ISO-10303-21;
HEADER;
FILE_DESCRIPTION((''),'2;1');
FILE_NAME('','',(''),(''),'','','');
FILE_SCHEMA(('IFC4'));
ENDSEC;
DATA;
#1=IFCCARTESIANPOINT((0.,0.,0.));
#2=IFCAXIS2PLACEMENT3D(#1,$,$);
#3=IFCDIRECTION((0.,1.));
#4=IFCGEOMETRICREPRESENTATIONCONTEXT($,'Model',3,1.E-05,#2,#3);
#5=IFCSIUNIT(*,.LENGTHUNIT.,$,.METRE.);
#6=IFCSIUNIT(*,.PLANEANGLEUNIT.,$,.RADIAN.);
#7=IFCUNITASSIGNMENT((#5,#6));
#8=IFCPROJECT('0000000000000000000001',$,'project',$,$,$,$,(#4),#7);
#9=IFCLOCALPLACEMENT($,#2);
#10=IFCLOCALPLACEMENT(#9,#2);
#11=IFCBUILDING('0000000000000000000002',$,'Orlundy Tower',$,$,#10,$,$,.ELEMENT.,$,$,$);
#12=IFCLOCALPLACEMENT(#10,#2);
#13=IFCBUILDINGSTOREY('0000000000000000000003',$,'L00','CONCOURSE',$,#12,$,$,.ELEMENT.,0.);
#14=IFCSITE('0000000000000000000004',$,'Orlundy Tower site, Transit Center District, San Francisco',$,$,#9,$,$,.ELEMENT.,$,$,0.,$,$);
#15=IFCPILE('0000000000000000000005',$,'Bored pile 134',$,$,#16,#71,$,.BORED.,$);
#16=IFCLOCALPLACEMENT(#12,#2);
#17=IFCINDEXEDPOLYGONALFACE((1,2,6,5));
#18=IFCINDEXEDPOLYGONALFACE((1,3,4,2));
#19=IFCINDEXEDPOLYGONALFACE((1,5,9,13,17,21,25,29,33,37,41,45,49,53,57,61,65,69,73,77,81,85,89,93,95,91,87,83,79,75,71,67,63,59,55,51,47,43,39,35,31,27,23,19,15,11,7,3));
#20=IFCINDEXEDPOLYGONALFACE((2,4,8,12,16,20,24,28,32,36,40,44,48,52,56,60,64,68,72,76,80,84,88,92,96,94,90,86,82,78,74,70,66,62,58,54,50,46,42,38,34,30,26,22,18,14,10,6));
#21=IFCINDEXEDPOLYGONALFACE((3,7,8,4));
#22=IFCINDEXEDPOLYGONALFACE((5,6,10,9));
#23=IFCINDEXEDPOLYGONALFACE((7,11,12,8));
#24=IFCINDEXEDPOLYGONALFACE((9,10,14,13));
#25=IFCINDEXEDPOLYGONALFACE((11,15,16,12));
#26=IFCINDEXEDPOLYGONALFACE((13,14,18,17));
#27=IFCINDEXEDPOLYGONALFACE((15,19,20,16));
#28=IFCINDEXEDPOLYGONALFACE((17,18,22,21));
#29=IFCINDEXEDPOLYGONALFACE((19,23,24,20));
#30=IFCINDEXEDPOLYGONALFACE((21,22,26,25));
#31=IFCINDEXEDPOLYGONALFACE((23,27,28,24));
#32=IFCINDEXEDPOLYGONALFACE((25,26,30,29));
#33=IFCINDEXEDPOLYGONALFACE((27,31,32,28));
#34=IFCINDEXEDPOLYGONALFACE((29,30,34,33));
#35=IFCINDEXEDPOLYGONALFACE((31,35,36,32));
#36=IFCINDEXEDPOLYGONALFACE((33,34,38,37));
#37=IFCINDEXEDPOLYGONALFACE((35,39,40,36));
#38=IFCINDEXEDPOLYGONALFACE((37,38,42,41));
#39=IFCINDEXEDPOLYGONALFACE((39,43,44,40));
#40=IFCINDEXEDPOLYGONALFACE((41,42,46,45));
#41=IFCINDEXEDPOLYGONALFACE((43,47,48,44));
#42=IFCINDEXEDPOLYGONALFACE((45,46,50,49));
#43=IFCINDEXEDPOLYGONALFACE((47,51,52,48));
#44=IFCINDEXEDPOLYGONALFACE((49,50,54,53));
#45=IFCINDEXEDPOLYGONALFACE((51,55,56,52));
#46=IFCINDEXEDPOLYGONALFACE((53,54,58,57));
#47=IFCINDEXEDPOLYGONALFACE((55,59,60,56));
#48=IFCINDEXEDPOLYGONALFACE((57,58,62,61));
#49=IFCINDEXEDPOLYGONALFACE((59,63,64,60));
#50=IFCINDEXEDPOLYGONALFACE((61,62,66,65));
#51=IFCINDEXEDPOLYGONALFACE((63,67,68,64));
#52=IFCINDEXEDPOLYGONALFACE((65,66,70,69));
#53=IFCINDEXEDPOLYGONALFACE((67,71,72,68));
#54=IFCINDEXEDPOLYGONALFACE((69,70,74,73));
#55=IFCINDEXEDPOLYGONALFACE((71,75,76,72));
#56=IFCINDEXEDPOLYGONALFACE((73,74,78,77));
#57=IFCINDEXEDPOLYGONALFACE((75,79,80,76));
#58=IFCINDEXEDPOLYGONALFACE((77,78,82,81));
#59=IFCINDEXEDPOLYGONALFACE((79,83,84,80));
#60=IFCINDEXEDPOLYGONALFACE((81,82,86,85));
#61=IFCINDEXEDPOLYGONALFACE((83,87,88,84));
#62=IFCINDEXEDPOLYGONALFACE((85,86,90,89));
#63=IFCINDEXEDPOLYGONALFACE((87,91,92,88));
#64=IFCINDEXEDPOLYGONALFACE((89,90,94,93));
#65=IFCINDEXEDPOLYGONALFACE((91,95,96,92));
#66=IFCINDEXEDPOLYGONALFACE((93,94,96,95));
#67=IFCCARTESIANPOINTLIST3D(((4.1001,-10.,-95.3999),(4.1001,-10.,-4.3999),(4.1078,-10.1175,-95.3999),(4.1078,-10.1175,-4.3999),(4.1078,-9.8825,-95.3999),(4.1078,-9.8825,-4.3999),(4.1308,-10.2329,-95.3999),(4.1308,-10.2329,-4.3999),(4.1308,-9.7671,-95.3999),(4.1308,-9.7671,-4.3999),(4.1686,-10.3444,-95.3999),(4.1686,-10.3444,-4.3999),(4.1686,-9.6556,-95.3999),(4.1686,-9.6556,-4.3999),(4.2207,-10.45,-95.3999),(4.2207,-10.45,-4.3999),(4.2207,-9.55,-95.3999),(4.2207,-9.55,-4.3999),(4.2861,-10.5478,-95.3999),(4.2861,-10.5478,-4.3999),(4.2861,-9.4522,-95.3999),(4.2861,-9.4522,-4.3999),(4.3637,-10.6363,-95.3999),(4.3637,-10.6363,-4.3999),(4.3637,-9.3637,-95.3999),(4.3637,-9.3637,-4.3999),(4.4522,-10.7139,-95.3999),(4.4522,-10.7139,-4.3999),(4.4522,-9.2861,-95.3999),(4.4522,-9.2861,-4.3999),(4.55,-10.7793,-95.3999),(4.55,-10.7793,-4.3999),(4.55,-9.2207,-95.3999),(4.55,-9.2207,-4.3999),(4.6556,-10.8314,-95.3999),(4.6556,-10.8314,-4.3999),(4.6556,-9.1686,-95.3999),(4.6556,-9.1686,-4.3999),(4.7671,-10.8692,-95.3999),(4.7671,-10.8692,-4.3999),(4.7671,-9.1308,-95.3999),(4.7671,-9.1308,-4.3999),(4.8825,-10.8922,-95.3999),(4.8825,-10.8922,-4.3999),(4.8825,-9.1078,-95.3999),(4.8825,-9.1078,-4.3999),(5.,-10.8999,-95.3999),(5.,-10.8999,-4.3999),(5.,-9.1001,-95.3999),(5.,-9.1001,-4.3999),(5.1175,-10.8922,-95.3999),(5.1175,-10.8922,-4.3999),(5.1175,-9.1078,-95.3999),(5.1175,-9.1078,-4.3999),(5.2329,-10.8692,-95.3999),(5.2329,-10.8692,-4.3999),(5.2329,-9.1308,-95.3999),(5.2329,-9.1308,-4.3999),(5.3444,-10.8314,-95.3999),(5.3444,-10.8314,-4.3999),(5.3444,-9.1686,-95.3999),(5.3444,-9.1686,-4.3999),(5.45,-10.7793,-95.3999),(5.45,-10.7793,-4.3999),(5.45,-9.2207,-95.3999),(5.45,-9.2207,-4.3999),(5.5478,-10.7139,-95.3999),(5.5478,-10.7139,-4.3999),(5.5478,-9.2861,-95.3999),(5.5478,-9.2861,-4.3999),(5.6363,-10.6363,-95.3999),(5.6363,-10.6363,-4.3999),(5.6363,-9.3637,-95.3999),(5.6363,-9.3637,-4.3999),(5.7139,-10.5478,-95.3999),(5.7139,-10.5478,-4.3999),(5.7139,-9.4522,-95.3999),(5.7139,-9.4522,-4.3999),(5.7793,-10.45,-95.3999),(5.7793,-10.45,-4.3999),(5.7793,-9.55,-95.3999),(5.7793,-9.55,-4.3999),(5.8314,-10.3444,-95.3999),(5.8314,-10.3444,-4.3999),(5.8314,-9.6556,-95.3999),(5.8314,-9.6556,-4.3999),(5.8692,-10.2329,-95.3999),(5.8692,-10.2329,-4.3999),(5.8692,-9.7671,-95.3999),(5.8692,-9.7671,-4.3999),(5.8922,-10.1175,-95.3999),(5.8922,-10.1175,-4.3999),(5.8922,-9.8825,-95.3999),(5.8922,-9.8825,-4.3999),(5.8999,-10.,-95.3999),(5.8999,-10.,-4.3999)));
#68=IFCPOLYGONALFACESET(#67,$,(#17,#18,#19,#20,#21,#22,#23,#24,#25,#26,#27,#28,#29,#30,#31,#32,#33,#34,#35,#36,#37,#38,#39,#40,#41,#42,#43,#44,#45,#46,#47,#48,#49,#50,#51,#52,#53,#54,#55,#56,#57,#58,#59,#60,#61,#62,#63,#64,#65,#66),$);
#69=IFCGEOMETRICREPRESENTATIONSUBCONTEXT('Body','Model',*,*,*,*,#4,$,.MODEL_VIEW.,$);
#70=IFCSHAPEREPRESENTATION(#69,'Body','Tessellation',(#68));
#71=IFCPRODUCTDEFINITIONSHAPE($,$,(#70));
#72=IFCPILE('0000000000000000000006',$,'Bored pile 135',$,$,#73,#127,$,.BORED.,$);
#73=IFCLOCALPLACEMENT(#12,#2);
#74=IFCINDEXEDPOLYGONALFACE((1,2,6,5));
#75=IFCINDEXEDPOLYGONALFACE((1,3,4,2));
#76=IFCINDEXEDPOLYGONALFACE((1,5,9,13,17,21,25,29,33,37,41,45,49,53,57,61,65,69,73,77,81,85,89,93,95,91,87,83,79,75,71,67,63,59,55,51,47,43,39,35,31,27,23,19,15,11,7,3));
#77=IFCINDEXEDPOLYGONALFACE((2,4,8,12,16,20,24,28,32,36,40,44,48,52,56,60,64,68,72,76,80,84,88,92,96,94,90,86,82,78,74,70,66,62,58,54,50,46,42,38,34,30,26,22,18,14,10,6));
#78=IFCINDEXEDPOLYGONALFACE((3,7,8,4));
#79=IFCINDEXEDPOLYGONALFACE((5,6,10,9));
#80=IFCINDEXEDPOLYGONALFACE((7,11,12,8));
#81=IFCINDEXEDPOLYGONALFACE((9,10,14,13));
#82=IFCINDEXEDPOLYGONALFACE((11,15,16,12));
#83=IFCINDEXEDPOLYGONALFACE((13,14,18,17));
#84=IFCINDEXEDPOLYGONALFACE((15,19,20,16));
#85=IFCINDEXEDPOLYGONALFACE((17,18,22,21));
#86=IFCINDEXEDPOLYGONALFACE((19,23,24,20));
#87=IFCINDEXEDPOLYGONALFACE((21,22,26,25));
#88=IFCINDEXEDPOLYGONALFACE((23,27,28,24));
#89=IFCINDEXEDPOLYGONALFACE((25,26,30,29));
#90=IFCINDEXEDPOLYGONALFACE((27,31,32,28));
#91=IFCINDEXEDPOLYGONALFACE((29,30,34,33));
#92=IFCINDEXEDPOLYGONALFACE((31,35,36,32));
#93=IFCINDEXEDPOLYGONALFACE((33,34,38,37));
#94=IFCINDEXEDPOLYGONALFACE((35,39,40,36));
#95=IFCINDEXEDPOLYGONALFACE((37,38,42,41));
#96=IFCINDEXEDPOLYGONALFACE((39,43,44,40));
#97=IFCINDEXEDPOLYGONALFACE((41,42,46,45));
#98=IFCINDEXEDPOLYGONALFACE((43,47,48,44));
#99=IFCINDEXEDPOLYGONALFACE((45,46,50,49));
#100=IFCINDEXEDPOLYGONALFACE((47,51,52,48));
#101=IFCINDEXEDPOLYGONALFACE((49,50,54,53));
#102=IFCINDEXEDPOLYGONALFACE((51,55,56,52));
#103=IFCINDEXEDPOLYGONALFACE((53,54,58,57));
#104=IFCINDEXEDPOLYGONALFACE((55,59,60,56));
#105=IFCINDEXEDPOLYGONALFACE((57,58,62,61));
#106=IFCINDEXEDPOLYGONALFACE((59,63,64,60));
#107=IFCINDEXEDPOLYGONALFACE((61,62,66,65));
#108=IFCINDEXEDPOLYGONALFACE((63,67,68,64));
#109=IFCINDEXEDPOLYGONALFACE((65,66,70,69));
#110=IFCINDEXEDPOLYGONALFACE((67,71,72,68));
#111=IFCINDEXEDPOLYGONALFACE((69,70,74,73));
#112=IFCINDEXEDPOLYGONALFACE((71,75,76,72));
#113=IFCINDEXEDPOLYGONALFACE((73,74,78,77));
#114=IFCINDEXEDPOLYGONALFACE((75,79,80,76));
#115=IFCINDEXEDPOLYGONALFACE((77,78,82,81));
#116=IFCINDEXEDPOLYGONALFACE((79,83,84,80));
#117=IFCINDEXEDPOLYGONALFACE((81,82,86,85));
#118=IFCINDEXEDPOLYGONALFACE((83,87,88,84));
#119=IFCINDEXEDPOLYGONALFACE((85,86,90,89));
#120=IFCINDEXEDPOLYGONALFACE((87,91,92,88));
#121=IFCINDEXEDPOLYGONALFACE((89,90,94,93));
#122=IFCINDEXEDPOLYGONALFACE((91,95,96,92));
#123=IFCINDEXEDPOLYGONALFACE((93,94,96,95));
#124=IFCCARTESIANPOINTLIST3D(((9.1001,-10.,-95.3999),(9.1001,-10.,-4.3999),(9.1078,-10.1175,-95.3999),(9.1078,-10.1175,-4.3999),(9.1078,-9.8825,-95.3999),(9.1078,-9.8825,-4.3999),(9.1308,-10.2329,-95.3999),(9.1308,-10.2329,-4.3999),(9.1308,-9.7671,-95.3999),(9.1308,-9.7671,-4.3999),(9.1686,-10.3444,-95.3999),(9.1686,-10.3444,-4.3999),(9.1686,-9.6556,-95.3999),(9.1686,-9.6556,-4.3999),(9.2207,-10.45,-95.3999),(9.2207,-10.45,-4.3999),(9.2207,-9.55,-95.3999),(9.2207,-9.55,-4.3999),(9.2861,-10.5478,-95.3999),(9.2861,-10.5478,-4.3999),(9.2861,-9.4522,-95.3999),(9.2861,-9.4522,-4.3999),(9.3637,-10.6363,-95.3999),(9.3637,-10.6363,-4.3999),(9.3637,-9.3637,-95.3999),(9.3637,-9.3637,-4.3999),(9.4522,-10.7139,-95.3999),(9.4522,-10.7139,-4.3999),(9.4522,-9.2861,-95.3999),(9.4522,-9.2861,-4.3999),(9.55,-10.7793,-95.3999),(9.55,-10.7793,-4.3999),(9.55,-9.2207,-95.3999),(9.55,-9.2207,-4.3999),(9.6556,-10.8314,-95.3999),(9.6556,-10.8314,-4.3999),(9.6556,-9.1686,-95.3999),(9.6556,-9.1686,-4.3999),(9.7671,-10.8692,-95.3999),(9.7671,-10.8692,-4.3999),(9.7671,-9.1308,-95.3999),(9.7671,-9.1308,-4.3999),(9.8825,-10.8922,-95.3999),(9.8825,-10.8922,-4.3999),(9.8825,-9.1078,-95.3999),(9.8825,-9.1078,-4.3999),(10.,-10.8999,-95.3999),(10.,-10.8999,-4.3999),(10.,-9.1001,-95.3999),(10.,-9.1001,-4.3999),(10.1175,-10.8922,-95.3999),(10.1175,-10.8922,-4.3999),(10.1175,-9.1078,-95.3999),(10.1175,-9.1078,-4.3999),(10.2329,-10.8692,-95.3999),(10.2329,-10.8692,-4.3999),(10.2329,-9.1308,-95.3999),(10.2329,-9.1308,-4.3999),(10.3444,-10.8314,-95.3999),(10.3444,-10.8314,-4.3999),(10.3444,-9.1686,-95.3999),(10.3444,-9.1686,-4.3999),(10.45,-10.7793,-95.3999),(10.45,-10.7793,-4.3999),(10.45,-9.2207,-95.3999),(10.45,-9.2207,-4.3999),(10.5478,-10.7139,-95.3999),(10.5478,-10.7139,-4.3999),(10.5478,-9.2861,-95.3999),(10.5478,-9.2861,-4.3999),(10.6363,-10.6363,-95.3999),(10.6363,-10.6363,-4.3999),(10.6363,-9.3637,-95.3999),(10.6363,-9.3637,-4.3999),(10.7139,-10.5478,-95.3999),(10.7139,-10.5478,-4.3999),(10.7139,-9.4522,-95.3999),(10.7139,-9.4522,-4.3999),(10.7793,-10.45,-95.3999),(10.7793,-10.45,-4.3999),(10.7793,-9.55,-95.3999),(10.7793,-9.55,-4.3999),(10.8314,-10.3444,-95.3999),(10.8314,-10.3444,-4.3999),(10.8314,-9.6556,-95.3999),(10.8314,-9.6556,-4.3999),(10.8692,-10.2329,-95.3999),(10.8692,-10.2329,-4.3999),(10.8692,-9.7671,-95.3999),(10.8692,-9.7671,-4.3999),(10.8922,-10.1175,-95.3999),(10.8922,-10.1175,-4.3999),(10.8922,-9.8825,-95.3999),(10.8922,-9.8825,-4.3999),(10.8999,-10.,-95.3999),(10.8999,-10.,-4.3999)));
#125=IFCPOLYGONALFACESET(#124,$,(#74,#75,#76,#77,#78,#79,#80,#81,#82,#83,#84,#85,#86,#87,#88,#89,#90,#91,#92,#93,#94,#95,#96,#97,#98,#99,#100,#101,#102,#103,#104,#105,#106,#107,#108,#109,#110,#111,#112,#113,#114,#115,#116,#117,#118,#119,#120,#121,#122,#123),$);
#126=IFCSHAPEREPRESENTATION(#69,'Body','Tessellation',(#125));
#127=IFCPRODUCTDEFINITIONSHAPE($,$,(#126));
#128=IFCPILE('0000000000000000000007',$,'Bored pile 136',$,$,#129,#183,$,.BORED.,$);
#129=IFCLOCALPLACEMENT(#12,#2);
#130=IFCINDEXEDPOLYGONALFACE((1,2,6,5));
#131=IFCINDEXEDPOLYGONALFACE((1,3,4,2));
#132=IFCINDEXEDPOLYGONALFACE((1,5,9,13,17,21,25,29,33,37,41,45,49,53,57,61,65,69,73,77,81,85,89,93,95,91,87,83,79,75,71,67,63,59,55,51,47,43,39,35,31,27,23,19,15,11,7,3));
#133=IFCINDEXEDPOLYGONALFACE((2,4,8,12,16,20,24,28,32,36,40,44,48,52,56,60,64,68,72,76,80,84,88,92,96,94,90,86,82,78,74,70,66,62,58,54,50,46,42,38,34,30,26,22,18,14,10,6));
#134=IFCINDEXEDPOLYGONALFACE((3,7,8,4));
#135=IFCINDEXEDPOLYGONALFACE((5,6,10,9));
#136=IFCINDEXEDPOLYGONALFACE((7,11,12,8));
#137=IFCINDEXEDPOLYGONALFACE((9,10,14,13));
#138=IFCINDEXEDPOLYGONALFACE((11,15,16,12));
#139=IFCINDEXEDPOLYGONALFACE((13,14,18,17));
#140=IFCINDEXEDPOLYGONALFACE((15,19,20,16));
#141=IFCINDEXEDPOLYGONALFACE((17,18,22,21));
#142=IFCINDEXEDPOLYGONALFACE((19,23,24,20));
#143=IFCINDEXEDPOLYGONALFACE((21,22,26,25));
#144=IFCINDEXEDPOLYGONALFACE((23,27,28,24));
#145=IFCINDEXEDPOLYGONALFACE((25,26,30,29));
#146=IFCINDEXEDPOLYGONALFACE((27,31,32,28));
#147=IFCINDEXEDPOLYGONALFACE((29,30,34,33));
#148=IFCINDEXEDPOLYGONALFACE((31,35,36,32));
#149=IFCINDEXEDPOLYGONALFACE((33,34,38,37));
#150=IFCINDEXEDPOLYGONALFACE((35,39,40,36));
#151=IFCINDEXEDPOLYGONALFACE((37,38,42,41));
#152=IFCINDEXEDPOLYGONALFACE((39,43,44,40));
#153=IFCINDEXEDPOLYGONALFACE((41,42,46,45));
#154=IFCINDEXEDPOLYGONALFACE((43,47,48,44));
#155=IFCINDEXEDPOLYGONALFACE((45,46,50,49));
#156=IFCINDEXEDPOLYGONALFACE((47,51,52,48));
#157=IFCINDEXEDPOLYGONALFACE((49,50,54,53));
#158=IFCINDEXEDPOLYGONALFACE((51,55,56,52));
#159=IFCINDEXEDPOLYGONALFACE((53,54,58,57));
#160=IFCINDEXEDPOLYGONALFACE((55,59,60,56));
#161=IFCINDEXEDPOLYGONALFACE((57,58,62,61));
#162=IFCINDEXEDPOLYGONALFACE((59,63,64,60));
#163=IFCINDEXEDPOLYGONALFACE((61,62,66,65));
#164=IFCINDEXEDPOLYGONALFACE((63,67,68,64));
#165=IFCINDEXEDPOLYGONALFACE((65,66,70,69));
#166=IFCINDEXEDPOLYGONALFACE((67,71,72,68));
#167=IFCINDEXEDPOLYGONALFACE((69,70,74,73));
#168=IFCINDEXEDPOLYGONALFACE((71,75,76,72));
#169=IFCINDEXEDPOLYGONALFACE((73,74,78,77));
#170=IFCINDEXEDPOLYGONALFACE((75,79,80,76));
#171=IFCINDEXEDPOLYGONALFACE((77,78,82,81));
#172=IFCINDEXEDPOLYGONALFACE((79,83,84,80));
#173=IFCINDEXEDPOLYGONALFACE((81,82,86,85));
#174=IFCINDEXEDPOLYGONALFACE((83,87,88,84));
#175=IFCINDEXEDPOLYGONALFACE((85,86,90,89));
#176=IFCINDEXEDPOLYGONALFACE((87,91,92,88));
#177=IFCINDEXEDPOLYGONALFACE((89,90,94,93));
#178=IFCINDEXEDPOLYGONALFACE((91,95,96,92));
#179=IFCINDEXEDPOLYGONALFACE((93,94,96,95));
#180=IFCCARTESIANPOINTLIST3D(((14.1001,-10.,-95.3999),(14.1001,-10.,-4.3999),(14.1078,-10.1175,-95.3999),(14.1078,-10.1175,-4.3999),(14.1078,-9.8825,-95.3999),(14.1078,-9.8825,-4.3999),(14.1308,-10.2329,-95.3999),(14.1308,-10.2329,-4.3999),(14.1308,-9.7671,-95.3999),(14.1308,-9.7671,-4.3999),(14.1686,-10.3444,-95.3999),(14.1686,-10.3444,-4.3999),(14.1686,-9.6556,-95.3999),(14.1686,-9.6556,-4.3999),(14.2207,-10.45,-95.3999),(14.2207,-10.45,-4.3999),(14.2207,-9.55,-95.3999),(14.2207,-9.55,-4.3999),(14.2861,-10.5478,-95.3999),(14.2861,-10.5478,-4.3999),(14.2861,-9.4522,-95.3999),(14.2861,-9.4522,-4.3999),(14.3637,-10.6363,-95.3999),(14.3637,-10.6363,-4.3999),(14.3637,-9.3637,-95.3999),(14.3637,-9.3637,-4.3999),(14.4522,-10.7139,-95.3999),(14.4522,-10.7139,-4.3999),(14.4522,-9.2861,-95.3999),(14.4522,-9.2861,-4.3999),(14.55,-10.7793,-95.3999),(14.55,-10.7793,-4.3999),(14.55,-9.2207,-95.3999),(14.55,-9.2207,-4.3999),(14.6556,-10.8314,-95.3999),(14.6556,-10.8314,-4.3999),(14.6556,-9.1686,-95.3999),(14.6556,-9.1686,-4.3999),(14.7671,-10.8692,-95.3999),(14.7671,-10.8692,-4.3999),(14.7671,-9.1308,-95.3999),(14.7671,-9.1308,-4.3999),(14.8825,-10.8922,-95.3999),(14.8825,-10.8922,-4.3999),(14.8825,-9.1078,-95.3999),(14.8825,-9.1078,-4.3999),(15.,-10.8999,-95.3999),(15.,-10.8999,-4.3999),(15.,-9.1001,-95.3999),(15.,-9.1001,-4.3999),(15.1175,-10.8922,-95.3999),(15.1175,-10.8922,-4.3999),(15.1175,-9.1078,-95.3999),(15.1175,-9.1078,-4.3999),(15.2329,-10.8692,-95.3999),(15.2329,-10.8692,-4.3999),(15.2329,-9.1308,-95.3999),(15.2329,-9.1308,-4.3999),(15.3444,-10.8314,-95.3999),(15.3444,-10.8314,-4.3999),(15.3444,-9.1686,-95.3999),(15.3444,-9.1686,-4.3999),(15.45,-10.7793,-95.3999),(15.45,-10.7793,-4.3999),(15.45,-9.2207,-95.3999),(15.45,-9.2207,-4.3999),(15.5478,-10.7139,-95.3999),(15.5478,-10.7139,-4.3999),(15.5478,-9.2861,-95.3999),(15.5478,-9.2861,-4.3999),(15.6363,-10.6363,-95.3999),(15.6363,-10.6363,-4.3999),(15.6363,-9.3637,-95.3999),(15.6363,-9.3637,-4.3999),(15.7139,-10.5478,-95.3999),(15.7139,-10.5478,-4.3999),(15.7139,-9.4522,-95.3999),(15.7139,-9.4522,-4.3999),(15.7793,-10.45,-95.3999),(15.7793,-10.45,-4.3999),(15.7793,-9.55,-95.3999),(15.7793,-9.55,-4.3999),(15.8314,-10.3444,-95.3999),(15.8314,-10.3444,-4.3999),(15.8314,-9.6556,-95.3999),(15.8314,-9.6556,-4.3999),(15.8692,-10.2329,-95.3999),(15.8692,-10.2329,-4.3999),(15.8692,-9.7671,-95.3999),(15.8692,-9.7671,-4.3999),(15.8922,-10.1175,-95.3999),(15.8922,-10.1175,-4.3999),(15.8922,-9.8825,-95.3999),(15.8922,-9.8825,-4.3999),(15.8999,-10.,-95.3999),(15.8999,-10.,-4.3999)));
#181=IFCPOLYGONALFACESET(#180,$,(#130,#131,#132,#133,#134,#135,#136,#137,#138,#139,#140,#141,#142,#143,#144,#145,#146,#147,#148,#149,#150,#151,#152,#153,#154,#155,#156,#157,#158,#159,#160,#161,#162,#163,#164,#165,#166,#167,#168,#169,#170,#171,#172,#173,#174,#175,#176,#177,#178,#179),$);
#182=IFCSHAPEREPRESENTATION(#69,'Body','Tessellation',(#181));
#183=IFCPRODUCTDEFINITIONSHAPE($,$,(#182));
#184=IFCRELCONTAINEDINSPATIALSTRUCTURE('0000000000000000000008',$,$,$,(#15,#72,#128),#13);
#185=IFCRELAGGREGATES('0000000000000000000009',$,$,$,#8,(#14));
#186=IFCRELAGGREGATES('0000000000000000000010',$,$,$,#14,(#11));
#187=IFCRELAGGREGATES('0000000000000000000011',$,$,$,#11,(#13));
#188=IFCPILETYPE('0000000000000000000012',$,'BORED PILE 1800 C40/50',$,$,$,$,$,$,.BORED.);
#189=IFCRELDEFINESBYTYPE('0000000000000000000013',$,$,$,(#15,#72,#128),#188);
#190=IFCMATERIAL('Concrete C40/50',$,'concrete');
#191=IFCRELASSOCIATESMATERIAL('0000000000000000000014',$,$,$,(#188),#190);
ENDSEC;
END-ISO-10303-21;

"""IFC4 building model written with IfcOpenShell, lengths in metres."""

from ifc_helpers import new_model, si_unit, direction, frame, origin, origin_2d, place, context, subcontext, project, spatial, circle, extrude, material, material_profile, profile_set, type_object, element, save


model = new_model("IFC4")

# Units and contexts
model_context = context("Model", 3, precision=1e-05, world=origin(), true_north=direction((0.0, 1.0)))
body_context = subcontext(model_context, "Body", "Model", "MODEL_VIEW")
ifc_project = project(units=[si_unit("LENGTHUNIT", "METRE"), si_unit("PLANEANGLEUNIT", "RADIAN")], contexts=[model_context])

# Site, building, storey
site_placement = place(None, origin())
site = spatial("IfcSite", under=ifc_project, at=site_placement, Name="Orlundy Tower site, Transit Center District, San Francisco", CompositionType="ELEMENT", RefElevation=0.0)
building_placement = place(site_placement, origin())
building = spatial("IfcBuilding", under=site, at=building_placement, Name="Orlundy Tower", CompositionType="ELEMENT")
storey_placement = place(building_placement, origin())
storey = spatial("IfcBuildingStorey", under=building, at=storey_placement, Name="L00", Description="CONCOURSE", CompositionType="ELEMENT", Elevation=0.0)

# Piles
ifc_material_1 = material(Name="Concrete C40/50", Category="concrete")
ifc_material_profile_1 = material_profile(ifc_material_1, circle(Radius=0.8999, at=origin_2d()), Name="BP1800")
ifc_profile_set_1 = profile_set([ifc_material_profile_1], Name="Concrete C40/50")
pile_type = type_object("IfcPileType", Name="BORED PILE 1800 C40/50", PredefinedType="BORED", material=ifc_profile_set_1)
for number, where, z_axis, x_axis, name in (
    (1, (5.0, -10.0, -4.3999), (0.0, 0.0, -1.0), (1.0, 0.0, 0.0), "Bored pile 134"),
    (2, (10.0, -10.0, -4.3999), (0.0, 0.0, -1.0), (1.0, 0.0, 0.0), "Bored pile 135"),
    (3, (15.0, -10.0, -4.3999), (0.0, 0.0, -1.0), (1.0, 0.0, 0.0), "Bored pile 136"),
):
    element("IfcPile", number, at=place(storey_placement, frame(where, z_axis=z_axis, x_axis=x_axis)), inside=storey, type_object=pile_type, Name=name, PredefinedType="BORED", context=body_context, shape_type="SweptSolid", body=[
        extrude(circle(Radius=0.8999, at=origin_2d()), origin(), (0.0, 0.0, 1.0), 91.0),
    ])

save(model, "model.ifc")
